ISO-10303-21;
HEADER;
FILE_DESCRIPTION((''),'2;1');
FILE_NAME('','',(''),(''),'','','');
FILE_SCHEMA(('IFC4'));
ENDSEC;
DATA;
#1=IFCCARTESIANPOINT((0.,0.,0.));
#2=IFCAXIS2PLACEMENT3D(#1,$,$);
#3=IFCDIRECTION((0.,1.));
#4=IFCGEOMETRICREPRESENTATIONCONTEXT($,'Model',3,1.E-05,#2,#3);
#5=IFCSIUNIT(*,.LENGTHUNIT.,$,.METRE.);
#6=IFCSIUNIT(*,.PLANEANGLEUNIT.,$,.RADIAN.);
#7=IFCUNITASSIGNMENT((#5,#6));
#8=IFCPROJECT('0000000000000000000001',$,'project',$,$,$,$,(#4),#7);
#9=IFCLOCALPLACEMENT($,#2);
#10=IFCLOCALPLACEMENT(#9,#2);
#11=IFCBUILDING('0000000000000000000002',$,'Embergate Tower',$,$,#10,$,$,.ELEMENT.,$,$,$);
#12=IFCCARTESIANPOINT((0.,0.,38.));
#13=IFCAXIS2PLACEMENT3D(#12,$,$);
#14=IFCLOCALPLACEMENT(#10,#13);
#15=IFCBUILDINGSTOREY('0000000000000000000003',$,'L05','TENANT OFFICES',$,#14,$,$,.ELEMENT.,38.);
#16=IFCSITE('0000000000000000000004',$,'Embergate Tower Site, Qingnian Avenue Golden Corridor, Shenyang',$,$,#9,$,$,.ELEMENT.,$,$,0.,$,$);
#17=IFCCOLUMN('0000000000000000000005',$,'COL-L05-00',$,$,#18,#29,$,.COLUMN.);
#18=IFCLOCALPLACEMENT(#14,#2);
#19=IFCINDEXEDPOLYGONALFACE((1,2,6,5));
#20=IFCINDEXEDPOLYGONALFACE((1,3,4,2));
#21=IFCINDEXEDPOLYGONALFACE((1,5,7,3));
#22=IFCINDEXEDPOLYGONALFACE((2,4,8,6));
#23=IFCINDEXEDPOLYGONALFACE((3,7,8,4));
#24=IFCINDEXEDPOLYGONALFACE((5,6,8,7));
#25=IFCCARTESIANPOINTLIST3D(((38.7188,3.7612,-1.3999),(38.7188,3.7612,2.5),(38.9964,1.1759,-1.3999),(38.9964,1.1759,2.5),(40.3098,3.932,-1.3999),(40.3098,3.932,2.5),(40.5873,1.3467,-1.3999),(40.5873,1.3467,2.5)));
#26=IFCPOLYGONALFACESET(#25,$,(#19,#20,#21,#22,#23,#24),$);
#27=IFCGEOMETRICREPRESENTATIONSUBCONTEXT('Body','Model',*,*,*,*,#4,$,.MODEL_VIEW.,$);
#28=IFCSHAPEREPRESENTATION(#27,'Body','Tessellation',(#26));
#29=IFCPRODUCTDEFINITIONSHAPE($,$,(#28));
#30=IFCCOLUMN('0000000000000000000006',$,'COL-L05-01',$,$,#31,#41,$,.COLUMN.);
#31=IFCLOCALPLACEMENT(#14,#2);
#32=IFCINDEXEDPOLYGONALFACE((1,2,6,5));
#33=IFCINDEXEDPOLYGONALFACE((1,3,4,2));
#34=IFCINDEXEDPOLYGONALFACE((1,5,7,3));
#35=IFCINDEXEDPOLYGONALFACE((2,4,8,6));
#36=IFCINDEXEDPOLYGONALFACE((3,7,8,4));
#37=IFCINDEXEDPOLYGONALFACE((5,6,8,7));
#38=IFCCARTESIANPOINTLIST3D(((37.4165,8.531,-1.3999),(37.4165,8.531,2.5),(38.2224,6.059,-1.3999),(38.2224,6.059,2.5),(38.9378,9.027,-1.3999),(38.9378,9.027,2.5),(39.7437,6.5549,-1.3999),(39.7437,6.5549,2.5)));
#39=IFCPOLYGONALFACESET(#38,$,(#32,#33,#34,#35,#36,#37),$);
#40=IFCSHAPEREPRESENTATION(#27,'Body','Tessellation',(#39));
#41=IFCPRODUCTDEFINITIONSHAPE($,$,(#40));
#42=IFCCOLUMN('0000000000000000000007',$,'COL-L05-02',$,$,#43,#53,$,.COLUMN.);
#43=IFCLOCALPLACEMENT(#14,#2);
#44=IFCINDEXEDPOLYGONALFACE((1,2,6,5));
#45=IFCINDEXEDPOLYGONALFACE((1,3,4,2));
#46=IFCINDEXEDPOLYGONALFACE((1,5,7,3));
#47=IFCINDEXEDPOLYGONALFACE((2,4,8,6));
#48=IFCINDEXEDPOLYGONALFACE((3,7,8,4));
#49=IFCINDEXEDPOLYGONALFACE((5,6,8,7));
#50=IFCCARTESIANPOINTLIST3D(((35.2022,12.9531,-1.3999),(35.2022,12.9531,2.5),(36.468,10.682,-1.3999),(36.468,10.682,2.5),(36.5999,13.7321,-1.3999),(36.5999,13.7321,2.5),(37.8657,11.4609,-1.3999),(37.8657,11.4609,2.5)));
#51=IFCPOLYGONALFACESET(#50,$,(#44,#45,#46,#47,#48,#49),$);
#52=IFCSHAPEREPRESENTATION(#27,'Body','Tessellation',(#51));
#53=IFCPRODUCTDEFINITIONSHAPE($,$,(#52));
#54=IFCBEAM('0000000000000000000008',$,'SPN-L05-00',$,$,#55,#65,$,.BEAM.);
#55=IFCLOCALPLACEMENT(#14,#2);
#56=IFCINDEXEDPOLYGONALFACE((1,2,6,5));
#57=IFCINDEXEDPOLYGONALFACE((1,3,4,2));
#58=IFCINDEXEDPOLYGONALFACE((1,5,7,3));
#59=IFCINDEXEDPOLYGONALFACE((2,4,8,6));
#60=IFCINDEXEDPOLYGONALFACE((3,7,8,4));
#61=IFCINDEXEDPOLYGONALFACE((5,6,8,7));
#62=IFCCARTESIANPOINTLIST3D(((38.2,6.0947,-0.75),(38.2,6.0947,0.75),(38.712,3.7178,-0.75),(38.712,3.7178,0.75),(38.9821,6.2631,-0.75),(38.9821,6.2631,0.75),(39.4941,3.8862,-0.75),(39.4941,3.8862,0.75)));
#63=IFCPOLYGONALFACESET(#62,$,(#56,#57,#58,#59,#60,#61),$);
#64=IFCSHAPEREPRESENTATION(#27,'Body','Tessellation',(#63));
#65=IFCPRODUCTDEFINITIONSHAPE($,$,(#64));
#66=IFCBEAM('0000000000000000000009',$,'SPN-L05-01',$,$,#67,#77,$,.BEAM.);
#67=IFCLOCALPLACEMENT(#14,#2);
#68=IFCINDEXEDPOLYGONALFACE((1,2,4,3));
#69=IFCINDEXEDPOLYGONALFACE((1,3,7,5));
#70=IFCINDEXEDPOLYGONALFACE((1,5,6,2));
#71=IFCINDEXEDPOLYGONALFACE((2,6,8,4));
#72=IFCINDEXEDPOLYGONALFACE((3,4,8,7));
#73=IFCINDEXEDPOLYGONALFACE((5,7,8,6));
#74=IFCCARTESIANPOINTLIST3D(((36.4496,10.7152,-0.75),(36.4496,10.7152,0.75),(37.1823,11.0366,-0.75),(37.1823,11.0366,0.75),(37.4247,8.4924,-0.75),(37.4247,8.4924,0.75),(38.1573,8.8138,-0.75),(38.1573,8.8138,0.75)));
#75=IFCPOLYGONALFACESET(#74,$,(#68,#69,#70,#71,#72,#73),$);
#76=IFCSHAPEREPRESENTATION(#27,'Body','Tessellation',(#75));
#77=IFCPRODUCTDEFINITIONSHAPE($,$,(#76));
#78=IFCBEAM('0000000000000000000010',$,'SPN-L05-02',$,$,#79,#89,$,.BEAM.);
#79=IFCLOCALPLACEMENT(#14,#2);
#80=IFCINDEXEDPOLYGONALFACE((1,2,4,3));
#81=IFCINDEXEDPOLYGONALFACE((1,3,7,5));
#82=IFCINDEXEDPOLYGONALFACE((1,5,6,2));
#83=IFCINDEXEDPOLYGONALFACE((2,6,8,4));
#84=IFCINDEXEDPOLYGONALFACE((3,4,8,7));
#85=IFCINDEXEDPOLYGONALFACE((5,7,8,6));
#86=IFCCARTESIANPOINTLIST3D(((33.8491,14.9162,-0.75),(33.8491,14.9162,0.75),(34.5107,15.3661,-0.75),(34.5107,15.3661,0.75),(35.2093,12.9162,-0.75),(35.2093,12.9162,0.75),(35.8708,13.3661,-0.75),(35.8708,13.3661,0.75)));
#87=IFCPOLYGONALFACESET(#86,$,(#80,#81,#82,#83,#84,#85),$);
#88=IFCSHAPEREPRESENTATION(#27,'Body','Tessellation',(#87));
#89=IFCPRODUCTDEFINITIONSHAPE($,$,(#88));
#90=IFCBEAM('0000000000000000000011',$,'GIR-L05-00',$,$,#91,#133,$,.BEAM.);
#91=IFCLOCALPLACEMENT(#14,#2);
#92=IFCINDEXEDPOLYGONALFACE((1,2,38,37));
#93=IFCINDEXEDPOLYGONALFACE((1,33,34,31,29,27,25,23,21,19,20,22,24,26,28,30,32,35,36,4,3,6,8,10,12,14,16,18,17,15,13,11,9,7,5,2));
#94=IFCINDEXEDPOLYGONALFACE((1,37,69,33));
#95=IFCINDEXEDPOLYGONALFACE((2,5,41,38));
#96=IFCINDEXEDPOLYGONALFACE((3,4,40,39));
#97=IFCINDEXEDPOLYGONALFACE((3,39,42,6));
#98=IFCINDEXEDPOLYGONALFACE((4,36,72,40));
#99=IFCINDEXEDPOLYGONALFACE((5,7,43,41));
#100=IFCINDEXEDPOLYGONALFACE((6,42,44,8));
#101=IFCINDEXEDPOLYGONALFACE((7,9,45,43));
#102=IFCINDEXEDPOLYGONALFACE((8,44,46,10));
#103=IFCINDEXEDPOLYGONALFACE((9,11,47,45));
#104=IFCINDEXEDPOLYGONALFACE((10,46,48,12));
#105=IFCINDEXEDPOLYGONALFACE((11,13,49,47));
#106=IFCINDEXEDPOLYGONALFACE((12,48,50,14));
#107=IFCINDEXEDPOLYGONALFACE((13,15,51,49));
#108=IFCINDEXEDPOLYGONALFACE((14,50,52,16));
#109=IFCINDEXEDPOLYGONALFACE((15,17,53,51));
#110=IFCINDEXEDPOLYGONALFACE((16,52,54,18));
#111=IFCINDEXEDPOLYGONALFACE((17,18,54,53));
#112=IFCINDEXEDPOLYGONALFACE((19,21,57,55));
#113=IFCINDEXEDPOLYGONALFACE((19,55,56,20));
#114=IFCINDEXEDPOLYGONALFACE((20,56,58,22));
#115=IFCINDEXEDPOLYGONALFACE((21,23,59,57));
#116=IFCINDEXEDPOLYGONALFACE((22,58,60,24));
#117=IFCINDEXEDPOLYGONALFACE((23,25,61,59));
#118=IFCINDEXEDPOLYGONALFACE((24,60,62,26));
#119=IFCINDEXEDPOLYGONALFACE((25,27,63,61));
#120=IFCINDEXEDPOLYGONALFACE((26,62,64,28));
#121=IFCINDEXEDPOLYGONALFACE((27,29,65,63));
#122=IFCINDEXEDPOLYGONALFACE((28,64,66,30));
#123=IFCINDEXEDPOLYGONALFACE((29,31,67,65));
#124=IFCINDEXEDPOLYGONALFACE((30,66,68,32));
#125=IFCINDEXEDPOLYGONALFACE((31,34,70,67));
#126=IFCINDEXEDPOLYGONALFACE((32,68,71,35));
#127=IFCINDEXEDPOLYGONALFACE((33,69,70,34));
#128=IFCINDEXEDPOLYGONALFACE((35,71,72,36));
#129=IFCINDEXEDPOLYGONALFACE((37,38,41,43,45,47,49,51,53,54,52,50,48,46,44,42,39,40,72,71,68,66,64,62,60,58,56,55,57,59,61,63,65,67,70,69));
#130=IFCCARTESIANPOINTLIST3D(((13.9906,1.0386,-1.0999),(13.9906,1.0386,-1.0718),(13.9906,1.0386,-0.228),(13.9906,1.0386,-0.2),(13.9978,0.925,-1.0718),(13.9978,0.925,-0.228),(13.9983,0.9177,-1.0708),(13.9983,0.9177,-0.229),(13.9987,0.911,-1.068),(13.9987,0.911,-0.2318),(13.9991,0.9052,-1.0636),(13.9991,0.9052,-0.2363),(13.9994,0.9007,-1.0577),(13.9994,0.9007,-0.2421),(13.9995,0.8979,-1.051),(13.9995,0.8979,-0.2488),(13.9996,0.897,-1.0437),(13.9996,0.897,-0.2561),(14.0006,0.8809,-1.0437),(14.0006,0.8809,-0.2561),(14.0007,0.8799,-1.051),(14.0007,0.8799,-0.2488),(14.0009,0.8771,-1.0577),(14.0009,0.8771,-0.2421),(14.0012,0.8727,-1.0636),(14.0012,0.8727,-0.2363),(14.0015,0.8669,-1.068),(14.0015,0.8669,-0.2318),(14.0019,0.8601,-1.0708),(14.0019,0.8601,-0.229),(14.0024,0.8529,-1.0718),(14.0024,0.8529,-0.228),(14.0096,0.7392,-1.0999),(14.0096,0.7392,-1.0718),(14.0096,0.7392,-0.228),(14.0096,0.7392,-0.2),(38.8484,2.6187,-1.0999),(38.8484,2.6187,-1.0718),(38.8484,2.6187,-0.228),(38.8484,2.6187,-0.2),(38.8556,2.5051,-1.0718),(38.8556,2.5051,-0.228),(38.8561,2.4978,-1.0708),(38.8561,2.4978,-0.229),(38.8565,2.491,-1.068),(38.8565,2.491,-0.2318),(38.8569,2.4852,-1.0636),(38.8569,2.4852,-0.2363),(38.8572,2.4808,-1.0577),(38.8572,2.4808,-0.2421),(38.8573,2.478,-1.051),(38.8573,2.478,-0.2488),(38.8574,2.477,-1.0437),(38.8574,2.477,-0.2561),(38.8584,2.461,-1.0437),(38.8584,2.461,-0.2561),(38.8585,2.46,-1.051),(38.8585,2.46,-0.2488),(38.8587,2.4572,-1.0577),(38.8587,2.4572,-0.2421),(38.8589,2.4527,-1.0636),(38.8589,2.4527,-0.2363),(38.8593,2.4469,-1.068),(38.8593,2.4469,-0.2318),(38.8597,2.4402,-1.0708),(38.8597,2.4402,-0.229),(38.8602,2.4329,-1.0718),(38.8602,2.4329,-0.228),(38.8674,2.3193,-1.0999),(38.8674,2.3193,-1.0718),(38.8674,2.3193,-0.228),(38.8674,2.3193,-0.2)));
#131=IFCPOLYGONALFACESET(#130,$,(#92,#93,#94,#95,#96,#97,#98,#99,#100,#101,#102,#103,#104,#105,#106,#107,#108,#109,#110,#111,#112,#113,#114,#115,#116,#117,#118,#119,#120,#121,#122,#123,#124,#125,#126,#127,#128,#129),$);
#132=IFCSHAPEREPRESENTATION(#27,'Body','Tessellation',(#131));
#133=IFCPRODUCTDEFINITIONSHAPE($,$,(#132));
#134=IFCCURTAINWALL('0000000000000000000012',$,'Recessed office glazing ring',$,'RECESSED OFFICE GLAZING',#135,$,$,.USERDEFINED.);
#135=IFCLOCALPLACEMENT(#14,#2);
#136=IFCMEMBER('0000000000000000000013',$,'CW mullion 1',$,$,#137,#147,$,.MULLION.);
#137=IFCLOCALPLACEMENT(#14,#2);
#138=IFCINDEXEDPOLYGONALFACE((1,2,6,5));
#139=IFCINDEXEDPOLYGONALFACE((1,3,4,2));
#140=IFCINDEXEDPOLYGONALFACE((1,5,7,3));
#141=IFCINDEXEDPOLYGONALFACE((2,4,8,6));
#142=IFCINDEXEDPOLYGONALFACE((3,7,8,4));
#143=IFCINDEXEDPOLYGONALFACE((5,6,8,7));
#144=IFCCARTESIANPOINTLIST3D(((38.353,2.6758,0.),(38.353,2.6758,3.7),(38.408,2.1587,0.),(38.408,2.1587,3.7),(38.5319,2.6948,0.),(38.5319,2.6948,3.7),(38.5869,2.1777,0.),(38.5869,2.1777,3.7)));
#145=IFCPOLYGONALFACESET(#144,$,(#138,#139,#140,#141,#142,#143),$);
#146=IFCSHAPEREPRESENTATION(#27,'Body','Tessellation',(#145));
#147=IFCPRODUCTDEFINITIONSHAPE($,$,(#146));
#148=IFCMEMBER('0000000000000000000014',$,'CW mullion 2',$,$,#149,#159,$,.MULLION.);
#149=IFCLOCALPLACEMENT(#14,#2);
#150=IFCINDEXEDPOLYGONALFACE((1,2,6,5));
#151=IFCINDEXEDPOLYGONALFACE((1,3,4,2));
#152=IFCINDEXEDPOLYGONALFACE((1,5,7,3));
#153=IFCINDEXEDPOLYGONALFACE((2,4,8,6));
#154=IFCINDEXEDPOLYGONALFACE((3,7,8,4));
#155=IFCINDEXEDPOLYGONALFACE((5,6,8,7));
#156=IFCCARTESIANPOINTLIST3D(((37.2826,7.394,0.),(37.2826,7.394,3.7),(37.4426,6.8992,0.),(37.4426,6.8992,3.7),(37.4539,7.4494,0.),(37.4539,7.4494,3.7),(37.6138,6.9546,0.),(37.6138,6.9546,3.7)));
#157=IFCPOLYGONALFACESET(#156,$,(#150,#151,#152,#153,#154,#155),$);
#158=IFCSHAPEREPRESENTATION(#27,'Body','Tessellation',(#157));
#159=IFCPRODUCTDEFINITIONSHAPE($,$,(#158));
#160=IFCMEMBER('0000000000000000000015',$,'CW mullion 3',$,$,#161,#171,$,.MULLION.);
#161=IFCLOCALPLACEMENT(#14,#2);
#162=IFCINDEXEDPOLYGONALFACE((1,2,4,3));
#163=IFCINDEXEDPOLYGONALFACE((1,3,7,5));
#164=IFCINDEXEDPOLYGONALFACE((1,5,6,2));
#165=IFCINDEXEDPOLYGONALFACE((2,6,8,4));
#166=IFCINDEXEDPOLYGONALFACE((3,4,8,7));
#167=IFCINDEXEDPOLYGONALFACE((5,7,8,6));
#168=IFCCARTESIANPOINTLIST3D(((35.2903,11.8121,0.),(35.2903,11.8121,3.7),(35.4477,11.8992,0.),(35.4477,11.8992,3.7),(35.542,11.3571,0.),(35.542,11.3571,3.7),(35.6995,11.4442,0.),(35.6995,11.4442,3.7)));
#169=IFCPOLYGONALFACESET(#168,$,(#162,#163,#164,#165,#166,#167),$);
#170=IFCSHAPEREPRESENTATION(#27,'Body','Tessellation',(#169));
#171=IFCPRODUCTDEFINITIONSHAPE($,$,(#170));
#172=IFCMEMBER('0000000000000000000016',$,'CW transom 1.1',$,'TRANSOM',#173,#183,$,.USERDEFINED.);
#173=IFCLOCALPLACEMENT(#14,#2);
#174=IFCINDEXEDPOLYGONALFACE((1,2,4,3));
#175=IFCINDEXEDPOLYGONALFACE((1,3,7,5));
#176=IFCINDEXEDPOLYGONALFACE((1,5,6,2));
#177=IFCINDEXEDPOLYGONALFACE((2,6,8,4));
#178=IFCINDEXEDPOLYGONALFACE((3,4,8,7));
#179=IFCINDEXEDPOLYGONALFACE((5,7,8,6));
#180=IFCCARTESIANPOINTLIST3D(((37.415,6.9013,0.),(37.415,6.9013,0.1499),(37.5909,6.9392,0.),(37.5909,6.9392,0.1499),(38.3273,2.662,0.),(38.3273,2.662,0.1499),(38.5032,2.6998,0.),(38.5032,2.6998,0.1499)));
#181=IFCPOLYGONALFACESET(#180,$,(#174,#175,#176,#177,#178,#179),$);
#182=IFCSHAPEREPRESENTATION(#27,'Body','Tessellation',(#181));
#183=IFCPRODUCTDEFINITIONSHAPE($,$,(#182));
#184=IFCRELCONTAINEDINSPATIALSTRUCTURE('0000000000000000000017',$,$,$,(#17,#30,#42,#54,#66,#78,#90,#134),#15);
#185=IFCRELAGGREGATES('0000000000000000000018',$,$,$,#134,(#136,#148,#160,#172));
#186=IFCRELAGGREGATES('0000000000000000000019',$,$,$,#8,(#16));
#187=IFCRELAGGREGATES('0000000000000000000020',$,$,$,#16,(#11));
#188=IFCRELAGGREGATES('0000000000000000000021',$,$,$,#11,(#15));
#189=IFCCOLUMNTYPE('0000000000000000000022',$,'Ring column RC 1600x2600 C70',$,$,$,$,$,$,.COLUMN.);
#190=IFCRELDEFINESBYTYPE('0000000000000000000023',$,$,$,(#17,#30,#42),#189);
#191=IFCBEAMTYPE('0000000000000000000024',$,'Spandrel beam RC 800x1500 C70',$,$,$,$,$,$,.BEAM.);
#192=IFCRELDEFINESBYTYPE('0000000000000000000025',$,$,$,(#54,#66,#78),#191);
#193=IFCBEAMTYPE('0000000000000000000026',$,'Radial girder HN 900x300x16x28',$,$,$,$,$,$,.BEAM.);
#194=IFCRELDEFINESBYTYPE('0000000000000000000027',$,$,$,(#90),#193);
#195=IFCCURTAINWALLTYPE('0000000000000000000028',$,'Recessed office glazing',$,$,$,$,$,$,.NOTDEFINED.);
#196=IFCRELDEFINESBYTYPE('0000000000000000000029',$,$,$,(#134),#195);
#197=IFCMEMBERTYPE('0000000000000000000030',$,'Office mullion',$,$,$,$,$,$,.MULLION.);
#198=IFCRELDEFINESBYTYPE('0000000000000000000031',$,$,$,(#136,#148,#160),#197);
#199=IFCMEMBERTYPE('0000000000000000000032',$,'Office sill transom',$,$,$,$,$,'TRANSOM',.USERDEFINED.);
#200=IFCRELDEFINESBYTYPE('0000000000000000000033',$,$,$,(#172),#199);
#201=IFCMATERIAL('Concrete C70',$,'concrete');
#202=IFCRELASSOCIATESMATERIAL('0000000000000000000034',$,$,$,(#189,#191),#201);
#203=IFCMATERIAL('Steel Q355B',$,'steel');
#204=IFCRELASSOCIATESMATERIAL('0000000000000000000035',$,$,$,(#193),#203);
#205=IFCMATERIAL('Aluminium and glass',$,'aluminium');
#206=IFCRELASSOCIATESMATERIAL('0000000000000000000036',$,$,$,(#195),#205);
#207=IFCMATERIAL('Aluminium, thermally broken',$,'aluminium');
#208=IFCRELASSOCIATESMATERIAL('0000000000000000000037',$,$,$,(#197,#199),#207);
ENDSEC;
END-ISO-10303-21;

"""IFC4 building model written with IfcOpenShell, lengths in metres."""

from ifc_helpers import new_model, si_unit, direction, frame, origin, origin_2d, place, context, subcontext, project, spatial, rectangle, i_section, extrude, source, transform, mapped, material, material_profile, profile_set, type_object, element, aggregate, save


model = new_model("IFC4")

# Units and contexts
model_context = context("Model", 3, precision=1e-05, world=origin(), true_north=direction((0.0, 1.0)))
body_context = subcontext(model_context, "Body", "Model", "MODEL_VIEW")
ifc_project = project(units=[si_unit("LENGTHUNIT", "METRE"), si_unit("PLANEANGLEUNIT", "RADIAN")], contexts=[model_context])

# Site, building, storey
site_placement = place(None, origin())
site = spatial("IfcSite", under=ifc_project, at=site_placement, Name="Embergate Tower Site, Qingnian Avenue Golden Corridor, Shenyang", CompositionType="ELEMENT", RefElevation=0.0)
building_placement = place(site_placement, origin())
building = spatial("IfcBuilding", under=site, at=building_placement, Name="Embergate Tower", CompositionType="ELEMENT")
storey_placement = place(building_placement, frame((0.0, 0.0, 38.0)))
storey = spatial("IfcBuildingStorey", under=building, at=storey_placement, Name="L05", Description="TENANT OFFICES", CompositionType="ELEMENT", Elevation=38.0)

# Columns
ifc_material_1 = material(Name="Concrete C70", Category="concrete")
ifc_material_profile_1 = material_profile(ifc_material_1, rectangle(XDim=1.6001, YDim=2.6001, at=origin_2d()), Name="RC 1600x2600")
ifc_profile_set_1 = profile_set([ifc_material_profile_1], Name="Concrete C70")
column_type = type_object("IfcColumnType", Name="Ring column RC 1600x2600 C70", PredefinedType="COLUMN", material=ifc_profile_set_1)
shared_shape_1 = source(origin(), body_context, "Body", "SweptSolid", [
    extrude(rectangle(XDim=1.6001, YDim=2.6001, at=origin_2d()), origin(), (0.0, 0.0, 1.0), 3.8999),
])
for number, where, z_axis, x_axis, name in (
    (1, (39.6531, 2.554, -1.3999), (0.0, 0.0, 1.0), (0.994286, 0.10675, 0.0), "COL-L05-00"),
    (2, (38.5801, 7.543, -1.3999), (0.0, 0.0, 1.0), (0.950754, 0.309946, 0.0), "COL-L05-01"),
    (3, (36.5339, 12.207, -1.3999), (0.0, 0.0, 1.0), (0.873492, 0.486839, 0.0), "COL-L05-02"),
):
    element("IfcColumn", number, at=place(storey_placement, frame(where, z_axis=z_axis, x_axis=x_axis)), inside=storey, type_object=column_type, Name=name, PredefinedType="COLUMN", context=body_context, shape_type="MappedRepresentation", body=[
        mapped(shared_shape_1, transform((0.0, 0.0, 0.0))),
    ])

# Beams
ifc_material_profile_2 = material_profile(ifc_material_1, rectangle(XDim=0.8, YDim=1.5, at=origin_2d()), Name="RC 800x1500")
ifc_profile_set_2 = profile_set([ifc_material_profile_2], Name="Concrete C70")
beam_type_1 = type_object("IfcBeamType", Name="Spandrel beam RC 800x1500 C70", PredefinedType="BEAM", material=ifc_profile_set_2)
shared_shape_2 = source(origin(), body_context, "Body", "SweptSolid", [
    extrude(rectangle(XDim=0.8, YDim=1.5, at=origin_2d()), origin(), (0.0, 0.0, 1.0), 2.4314),
])
beam_1_placement = place(storey_placement, frame((39.103, 3.802, 0.0), z_axis=(-0.210558, 0.977581, 0.0), x_axis=(-0.977581, -0.210558, 0.0)))
element("IfcBeam", 4, at=beam_1_placement, inside=storey, type_object=beam_type_1, Name="SPN-L05-00", PredefinedType="BEAM", context=body_context, shape_type="MappedRepresentation", body=[
    mapped(shared_shape_2, transform((0.0, 0.0, 0.0))),
])
shared_shape_3 = source(origin(), body_context, "Body", "SweptSolid", [
    extrude(rectangle(XDim=0.8, YDim=1.5, at=origin_2d()), origin(), (0.0, 0.0, 1.0), 2.4272),
])
beam_2_placement = place(storey_placement, frame((37.791, 8.6531, 0.0), z_axis=(-0.40171, 0.915767, 0.0), x_axis=(-0.915767, -0.40171, 0.0)))
element("IfcBeam", 5, at=beam_2_placement, inside=storey, type_object=beam_type_1, Name="SPN-L05-01", PredefinedType="BEAM", context=body_context, shape_type="MappedRepresentation", body=[
    mapped(shared_shape_3, transform((0.0, 0.0, 0.0))),
])
shared_shape_4 = source(origin(), body_context, "Body", "SweptSolid", [
    extrude(rectangle(XDim=0.8, YDim=1.5, at=origin_2d()), origin(), (0.0, 0.0, 1.0), 2.4187),
])
beam_3_placement = place(storey_placement, frame((35.54, 13.1411, 0.0), z_axis=(-0.56234, 0.826906, 0.0), x_axis=(-0.826906, -0.56234, 0.0)))
element("IfcBeam", 6, at=beam_3_placement, inside=storey, type_object=beam_type_1, Name="SPN-L05-02", PredefinedType="BEAM", context=body_context, shape_type="MappedRepresentation", body=[
    mapped(shared_shape_4, transform((0.0, 0.0, 0.0))),
])
ifc_material_2 = material(Name="Steel Q355B", Category="steel")
ifc_material_profile_3 = material_profile(ifc_material_2, i_section(OverallWidth=0.3, OverallDepth=0.8999, WebThickness=0.0161, FlangeThickness=0.0281, FilletRadius=0.0281, at=origin_2d()), Name="HN 900x300x16x28")
ifc_profile_set_3 = profile_set([ifc_material_profile_3], Name="Steel Q355 grade B")
beam_type_2 = type_object("IfcBeamType", Name="Radial girder HN 900x300x16x28", PredefinedType="BEAM", material=ifc_profile_set_3)
shared_shape_5 = source(origin(), body_context, "Body", "SweptSolid", [
    extrude(i_section(OverallWidth=0.3, OverallDepth=0.8999, WebThickness=0.0161, FlangeThickness=0.0281, FilletRadius=0.0281, at=origin_2d()), origin(), (0.0, 0.0, 1.0), 24.908),
])
beam_4_placement = place(storey_placement, frame((38.8579, 2.469, -0.6499), z_axis=(-0.997986, -0.063436, 0.0), x_axis=(0.063436, -0.997986, 0.0)))
element("IfcBeam", 7, at=beam_4_placement, inside=storey, type_object=beam_type_2, Name="GIR-L05-00", PredefinedType="BEAM", context=body_context, shape_type="MappedRepresentation", body=[
    mapped(shared_shape_5, transform((0.0, 0.0, 0.0))),
])

# Curtain wall, members
ifc_material_3 = material(Name="Aluminium and glass", Category="aluminium")
curtain_wall_type = type_object("IfcCurtainWallType", Name="Recessed office glazing", PredefinedType="NOTDEFINED", material=ifc_material_3)
curtain_wall_placement = place(storey_placement, origin())
curtain_wall = element("IfcCurtainWall", 8, at=curtain_wall_placement, inside=storey, type_object=curtain_wall_type, Name="Recessed office glazing ring", ObjectType="RECESSED OFFICE GLAZING", PredefinedType="USERDEFINED")
ifc_material_4 = material(Name="Aluminium, thermally broken", Category="aluminium")
ifc_material_profile_4 = material_profile(ifc_material_4, rectangle(XDim=0.1799, YDim=0.52, at=origin_2d()), Name="AL 520x180")
ifc_profile_set_4 = profile_set([ifc_material_profile_4], Name="Aluminium, thermally broken")
member_type_1 = type_object("IfcMemberType", Name="Office mullion", PredefinedType="MULLION", material=ifc_profile_set_4)
shared_shape_6 = source(origin(), body_context, "Body", "SweptSolid", [
    extrude(rectangle(XDim=0.1799, YDim=0.52, at=origin_2d()), origin(), (0.0, 0.0, 1.0), 3.7),
])
member_1_placement = place(storey_placement, frame((38.47, 2.4268, 0.0), z_axis=(0.0, 0.0, 1.0), x_axis=(-0.994385, -0.105823, 0.0)))
member_1 = element("IfcMember", 9, at=member_1_placement, type_object=member_type_1, Name="CW mullion 1", PredefinedType="MULLION", context=body_context, shape_type="MappedRepresentation", body=[
    mapped(shared_shape_6, transform((0.0, 0.0, 0.0))),
])
member_2_placement = place(storey_placement, frame((37.4482, 7.1743, 0.0), z_axis=(0.0, 0.0, 1.0), x_axis=(-0.951499, -0.307652, 0.0)))
member_2 = element("IfcMember", 10, at=member_2_placement, type_object=member_type_1, Name="CW mullion 2", PredefinedType="MULLION", context=body_context, shape_type="MappedRepresentation", body=[
    mapped(shared_shape_6, transform((0.0, 0.0, 0.0))),
])
member_3_placement = place(storey_placement, frame((35.4949, 11.6282, 0.0), z_axis=(0.0, 0.0, 1.0), x_axis=(-0.875003, -0.484118, 0.0)))
member_3 = element("IfcMember", 11, at=member_3_placement, type_object=member_type_1, Name="CW mullion 3", PredefinedType="MULLION", context=body_context, shape_type="MappedRepresentation", body=[
    mapped(shared_shape_6, transform((0.0, 0.0, 0.0))),
])
ifc_material_profile_5 = material_profile(ifc_material_4, rectangle(XDim=0.1799, YDim=0.1499, at=origin_2d()), Name="AL 150x180")
ifc_profile_set_5 = profile_set([ifc_material_profile_5], Name="Aluminium, thermally broken")
member_type_2 = type_object("IfcMemberType", Name="Office sill transom", ElementType="TRANSOM", PredefinedType="USERDEFINED", material=ifc_profile_set_5)
shared_shape_7 = source(origin(), body_context, "Body", "SweptSolid", [
    extrude(rectangle(XDim=0.1799, YDim=0.1499, at=origin_2d()), origin(), (0.0, 0.0, 1.0), 4.3364),
])
member_4_placement = place(storey_placement, frame((38.4153, 2.6809, 0.075), z_axis=(-0.210398, 0.977616, 0.0), x_axis=(-0.977616, -0.210398, 0.0)))
member_4 = element("IfcMember", 12, at=member_4_placement, type_object=member_type_2, Name="CW transom 1.1", ObjectType="TRANSOM", PredefinedType="USERDEFINED", context=body_context, shape_type="MappedRepresentation", body=[
    mapped(shared_shape_7, transform((0.0, 0.0, 0.0))),
])
aggregate(curtain_wall, [member_1, member_2, member_3, member_4])

save(model, "model.ifc")
